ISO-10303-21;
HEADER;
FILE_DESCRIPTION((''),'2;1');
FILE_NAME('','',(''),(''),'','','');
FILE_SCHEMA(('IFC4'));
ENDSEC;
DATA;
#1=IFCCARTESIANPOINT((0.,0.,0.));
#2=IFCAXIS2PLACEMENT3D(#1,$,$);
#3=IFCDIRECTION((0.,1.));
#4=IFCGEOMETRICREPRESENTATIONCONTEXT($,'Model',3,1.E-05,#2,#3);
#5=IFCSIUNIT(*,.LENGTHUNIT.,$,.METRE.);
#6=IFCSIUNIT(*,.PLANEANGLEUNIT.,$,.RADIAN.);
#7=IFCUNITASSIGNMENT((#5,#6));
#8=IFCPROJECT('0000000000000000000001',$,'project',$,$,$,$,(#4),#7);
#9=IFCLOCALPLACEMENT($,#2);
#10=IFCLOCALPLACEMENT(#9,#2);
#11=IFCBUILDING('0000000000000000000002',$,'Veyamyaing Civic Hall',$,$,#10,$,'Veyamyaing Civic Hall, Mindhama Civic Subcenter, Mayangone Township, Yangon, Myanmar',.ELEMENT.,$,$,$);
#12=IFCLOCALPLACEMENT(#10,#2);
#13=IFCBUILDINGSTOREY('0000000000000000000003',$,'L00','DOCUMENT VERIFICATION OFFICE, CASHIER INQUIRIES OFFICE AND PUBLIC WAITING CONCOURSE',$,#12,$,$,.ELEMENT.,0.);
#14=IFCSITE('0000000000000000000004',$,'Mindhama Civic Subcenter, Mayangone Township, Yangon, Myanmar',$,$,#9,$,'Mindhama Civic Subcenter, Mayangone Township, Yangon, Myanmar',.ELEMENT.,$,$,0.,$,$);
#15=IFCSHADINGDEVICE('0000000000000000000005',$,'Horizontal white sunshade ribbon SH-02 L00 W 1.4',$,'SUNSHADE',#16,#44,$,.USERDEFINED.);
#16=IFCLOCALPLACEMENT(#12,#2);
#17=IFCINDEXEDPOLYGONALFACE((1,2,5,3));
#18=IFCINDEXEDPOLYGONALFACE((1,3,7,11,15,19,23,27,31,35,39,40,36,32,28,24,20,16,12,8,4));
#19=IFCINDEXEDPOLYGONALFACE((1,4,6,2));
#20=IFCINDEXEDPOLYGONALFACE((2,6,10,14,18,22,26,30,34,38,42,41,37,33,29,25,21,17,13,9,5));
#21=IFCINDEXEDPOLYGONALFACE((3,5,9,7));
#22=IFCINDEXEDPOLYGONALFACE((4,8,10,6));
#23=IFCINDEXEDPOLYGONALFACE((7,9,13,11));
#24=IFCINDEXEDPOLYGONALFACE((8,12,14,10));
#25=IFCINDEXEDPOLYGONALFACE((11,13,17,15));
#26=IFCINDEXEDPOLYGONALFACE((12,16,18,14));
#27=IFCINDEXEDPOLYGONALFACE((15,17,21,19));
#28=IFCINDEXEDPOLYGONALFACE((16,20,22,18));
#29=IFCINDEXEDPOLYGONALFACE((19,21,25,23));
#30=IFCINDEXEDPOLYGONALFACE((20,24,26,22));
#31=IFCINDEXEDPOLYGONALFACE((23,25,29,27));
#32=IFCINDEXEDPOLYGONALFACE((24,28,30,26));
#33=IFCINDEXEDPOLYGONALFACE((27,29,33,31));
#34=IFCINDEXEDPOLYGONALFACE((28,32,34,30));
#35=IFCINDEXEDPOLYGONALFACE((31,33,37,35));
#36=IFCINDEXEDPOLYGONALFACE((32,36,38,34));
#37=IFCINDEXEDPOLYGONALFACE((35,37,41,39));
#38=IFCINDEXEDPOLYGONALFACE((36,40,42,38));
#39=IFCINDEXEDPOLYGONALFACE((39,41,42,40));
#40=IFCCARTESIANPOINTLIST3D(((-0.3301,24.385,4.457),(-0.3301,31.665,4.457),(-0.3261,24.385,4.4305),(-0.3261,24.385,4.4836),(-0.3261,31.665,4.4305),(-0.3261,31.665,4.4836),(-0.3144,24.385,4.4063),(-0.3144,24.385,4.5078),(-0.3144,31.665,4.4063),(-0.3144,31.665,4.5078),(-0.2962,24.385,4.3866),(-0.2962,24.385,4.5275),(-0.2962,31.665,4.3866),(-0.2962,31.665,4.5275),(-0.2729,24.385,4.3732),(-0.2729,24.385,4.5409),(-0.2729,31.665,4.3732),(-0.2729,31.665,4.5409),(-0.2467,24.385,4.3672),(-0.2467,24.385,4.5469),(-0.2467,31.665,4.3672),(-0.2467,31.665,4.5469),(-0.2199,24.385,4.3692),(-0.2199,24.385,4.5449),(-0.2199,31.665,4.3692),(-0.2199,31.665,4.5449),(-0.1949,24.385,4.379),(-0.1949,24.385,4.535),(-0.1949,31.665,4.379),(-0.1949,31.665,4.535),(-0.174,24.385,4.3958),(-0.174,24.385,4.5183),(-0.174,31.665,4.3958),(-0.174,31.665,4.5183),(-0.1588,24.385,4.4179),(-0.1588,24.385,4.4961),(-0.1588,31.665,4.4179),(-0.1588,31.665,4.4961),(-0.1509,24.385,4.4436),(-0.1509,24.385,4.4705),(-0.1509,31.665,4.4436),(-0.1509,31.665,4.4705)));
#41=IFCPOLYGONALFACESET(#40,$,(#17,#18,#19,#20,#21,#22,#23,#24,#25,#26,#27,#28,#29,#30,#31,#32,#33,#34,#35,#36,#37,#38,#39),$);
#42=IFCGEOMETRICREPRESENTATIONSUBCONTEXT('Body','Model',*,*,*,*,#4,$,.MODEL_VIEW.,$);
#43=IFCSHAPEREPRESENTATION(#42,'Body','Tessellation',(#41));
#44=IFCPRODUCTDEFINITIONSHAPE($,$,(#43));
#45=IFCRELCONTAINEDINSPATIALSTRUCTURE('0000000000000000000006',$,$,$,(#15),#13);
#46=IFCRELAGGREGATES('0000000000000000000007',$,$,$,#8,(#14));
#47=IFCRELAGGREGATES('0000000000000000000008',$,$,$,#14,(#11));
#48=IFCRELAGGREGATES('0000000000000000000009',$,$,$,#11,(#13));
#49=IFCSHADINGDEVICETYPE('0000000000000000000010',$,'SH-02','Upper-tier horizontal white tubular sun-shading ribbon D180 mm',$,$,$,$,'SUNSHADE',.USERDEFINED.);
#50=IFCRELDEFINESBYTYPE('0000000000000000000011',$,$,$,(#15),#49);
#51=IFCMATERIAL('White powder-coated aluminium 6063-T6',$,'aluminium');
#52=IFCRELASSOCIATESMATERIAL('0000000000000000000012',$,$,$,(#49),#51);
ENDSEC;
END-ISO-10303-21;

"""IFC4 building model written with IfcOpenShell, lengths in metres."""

from ifc_helpers import new_model, si_unit, direction, frame, origin, origin_2d, place, context, subcontext, project, spatial, circle, extrude, material, material_profile, profile_set, type_object, element, save


model = new_model("IFC4")

# Units and contexts
model_context = context("Model", 3, precision=1e-05, world=origin(), true_north=direction((0.0, 1.0)))
body_context = subcontext(model_context, "Body", "Model", "MODEL_VIEW")
ifc_project = project(units=[si_unit("LENGTHUNIT", "METRE"), si_unit("PLANEANGLEUNIT", "RADIAN")], contexts=[model_context])

# Site, building, storey
site_placement = place(None, origin())
site = spatial("IfcSite", under=ifc_project, at=site_placement, Name="Mindhama Civic Subcenter, Mayangone Township, Yangon, Myanmar", LongName="Mindhama Civic Subcenter, Mayangone Township, Yangon, Myanmar", CompositionType="ELEMENT", RefElevation=0.0)
building_placement = place(site_placement, origin())
building = spatial("IfcBuilding", under=site, at=building_placement, Name="Veyamyaing Civic Hall", LongName="Veyamyaing Civic Hall, Mindhama Civic Subcenter, Mayangone Township, Yangon, Myanmar", CompositionType="ELEMENT")
storey_placement = place(building_placement, origin())
storey = spatial("IfcBuildingStorey", under=building, at=storey_placement, Name="L00", Description="DOCUMENT VERIFICATION OFFICE, CASHIER INQUIRIES OFFICE AND PUBLIC WAITING CONCOURSE", CompositionType="ELEMENT", Elevation=0.0)

# Shared definitions
ifc_material_1 = material(Name="White powder-coated aluminium 6063-T6", Category="aluminium")

# Shading device
ifc_material_profile_1 = material_profile(ifc_material_1, circle(Radius=0.0901, at=origin_2d()), Name="SHADE-TUBE-180")
ifc_profile_set_1 = profile_set([ifc_material_profile_1], Name="White powder-coated aluminium 6063-T6")
shading_device_type = type_object("IfcShadingDeviceType", Name="SH-02", Description="Upper-tier horizontal white tubular sun-shading ribbon D180 mm", ElementType="SUNSHADE", PredefinedType="USERDEFINED", material=ifc_profile_set_1)
shading_device_placement = place(storey_placement, frame((-0.24, 24.385, 4.457), z_axis=(0.0, 1.0, 0.0), x_axis=(-1.0, 0.0, 0.0)))
element("IfcShadingDevice", 1, at=shading_device_placement, inside=storey, type_object=shading_device_type, Name="Horizontal white sunshade ribbon SH-02 L00 W 1.4", ObjectType="SUNSHADE", PredefinedType="USERDEFINED", context=body_context, shape_type="SweptSolid", body=[
    extrude(circle(Radius=0.0901, at=origin_2d()), origin(), (0.0, 0.0, 1.0), 7.28),
])

save(model, "model.ifc")
